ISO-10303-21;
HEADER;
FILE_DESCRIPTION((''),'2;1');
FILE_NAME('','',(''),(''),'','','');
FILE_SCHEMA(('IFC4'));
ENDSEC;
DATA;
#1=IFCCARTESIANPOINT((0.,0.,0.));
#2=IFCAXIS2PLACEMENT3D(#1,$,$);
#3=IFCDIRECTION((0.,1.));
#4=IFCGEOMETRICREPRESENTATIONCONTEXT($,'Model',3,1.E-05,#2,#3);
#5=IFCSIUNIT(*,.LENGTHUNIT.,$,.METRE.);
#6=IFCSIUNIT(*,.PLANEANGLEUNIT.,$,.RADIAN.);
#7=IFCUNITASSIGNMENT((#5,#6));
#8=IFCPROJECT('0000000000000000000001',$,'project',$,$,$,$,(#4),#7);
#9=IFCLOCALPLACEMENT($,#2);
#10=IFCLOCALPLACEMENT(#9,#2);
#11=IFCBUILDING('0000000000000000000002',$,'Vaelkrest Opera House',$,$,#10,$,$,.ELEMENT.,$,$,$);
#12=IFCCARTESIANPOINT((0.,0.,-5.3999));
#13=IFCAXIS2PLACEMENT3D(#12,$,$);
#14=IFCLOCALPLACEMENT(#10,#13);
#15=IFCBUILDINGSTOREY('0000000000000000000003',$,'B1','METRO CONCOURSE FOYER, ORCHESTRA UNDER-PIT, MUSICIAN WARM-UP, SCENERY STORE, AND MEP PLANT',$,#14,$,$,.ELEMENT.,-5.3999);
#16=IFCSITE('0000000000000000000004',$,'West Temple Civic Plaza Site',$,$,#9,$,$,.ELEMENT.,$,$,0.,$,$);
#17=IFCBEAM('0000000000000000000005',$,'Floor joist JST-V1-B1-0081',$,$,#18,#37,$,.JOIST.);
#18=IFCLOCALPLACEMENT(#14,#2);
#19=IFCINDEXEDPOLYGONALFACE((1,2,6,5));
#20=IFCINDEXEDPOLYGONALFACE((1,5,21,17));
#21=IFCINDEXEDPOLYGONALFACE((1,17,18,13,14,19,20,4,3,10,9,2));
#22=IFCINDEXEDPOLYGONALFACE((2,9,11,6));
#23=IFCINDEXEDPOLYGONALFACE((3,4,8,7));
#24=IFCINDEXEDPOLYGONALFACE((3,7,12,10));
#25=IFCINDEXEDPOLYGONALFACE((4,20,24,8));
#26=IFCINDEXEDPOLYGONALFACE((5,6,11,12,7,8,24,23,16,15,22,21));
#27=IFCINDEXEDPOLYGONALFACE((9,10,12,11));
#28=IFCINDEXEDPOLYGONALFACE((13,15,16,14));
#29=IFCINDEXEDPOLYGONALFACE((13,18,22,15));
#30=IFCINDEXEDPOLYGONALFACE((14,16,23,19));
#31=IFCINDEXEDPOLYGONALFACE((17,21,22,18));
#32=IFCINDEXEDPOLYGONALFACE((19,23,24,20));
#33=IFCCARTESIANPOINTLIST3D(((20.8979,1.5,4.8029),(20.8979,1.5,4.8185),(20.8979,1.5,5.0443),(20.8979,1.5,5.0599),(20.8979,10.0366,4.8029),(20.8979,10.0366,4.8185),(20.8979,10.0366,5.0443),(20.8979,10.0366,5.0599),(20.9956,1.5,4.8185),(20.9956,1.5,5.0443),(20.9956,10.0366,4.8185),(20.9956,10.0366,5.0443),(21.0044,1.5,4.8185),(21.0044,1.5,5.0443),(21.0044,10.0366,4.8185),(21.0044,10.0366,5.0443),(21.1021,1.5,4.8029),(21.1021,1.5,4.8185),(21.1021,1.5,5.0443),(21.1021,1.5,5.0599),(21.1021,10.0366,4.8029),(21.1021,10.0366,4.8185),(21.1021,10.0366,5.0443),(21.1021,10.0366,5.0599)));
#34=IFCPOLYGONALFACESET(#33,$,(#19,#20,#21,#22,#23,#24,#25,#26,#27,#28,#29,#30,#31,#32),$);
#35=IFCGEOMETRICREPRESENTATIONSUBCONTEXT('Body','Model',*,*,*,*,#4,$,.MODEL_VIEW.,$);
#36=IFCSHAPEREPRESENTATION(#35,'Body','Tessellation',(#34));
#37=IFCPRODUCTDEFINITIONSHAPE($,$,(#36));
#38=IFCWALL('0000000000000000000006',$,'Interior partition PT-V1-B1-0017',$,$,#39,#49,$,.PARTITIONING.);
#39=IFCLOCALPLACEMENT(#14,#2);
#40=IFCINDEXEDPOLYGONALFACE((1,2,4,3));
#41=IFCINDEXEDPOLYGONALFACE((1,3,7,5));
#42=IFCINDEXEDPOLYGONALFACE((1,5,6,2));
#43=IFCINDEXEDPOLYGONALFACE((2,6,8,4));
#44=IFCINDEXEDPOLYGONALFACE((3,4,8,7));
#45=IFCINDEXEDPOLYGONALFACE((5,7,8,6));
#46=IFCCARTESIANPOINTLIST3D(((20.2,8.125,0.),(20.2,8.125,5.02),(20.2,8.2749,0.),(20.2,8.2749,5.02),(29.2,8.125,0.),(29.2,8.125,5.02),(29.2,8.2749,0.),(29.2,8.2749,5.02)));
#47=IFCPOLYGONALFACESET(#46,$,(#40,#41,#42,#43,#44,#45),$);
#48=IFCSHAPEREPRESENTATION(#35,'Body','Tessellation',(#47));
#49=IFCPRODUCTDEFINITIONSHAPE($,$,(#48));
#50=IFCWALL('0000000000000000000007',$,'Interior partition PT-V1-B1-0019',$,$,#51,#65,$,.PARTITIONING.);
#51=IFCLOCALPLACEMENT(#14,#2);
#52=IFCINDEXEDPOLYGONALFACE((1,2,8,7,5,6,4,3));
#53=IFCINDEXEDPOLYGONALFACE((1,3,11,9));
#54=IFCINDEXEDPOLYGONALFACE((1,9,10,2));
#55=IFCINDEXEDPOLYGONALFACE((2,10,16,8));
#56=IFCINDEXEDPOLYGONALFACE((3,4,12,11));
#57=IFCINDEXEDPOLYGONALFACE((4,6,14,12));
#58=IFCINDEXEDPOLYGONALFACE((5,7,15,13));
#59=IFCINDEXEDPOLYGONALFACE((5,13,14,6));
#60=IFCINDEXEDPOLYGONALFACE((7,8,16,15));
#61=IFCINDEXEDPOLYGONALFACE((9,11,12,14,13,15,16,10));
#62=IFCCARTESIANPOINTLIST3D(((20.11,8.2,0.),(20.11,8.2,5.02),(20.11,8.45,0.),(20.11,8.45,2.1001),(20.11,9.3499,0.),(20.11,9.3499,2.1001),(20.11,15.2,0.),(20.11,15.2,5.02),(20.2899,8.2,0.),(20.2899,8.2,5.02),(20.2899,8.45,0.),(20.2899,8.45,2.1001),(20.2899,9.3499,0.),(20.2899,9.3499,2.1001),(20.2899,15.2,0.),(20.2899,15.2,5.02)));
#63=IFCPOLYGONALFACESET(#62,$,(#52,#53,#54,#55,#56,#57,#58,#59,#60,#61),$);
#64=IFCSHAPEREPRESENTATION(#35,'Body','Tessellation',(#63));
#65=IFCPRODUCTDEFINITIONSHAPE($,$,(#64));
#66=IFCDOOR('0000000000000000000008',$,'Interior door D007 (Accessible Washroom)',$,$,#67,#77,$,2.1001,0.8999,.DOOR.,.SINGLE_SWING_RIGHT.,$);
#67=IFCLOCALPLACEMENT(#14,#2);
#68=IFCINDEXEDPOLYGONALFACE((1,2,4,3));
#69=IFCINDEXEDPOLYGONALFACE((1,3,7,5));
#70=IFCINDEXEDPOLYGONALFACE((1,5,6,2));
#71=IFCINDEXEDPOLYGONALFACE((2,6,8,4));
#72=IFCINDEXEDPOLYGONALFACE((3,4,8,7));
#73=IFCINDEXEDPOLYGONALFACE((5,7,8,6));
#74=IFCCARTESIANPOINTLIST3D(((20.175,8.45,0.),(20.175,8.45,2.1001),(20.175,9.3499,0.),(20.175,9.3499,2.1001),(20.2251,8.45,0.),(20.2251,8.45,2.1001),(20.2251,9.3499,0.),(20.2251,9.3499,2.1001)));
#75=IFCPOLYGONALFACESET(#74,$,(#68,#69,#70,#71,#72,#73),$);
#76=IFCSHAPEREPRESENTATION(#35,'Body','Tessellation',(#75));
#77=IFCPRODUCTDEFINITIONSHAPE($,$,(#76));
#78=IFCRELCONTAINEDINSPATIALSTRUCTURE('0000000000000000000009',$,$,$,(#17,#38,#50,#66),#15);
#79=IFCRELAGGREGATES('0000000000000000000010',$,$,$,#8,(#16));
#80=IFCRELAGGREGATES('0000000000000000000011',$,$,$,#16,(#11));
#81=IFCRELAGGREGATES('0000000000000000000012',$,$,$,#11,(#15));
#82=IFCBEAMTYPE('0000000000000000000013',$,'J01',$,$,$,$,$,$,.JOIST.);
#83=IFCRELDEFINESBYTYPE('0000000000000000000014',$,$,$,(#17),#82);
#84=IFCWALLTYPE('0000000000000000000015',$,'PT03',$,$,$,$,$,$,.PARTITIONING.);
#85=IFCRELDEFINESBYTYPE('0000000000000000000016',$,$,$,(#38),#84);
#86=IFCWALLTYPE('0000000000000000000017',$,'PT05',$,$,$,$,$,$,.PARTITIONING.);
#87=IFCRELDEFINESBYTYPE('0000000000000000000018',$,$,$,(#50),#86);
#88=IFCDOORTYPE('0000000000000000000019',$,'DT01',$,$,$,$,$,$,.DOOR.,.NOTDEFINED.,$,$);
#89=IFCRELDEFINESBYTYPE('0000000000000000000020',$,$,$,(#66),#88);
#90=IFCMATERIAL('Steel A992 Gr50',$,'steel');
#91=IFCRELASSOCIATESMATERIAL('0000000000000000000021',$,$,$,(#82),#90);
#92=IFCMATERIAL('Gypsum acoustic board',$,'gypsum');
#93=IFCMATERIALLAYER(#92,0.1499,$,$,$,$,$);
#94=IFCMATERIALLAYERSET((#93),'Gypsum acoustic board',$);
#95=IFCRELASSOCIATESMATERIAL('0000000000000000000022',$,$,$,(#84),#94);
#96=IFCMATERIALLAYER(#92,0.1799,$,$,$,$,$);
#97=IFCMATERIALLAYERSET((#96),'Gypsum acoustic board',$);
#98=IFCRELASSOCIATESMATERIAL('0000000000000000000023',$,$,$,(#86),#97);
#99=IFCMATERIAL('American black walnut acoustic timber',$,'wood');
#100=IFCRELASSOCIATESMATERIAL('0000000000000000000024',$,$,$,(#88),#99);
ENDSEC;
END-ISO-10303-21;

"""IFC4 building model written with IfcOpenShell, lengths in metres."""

from ifc_helpers import new_model, si_unit, direction, frame, frame_2d, origin, origin_2d, place, context, subcontext, project, spatial, rectangle, i_section, extrude, material, layer, layer_set, material_profile, profile_set, type_object, element, fill, save


model = new_model("IFC4")

# Units and contexts
model_context = context("Model", 3, precision=1e-05, world=origin(), true_north=direction((0.0, 1.0)))
body_context = subcontext(model_context, "Body", "Model", "MODEL_VIEW")
ifc_project = project(units=[si_unit("LENGTHUNIT", "METRE"), si_unit("PLANEANGLEUNIT", "RADIAN")], contexts=[model_context])

# Site, building, storey
site_placement = place(None, origin())
site = spatial("IfcSite", under=ifc_project, at=site_placement, Name="West Temple Civic Plaza Site", CompositionType="ELEMENT", RefElevation=0.0)
building_placement = place(site_placement, origin())
building = spatial("IfcBuilding", under=site, at=building_placement, Name="Vaelkrest Opera House", CompositionType="ELEMENT")
storey_placement = place(building_placement, frame((0.0, 0.0, -5.3999)))
storey = spatial("IfcBuildingStorey", under=building, at=storey_placement, Name="B1", Description="METRO CONCOURSE FOYER, ORCHESTRA UNDER-PIT, MUSICIAN WARM-UP, SCENERY STORE, AND MEP PLANT", CompositionType="ELEMENT", Elevation=-5.3999)

# Beam
ifc_material_1 = material(Name="Steel A992 Gr50", Category="steel")
ifc_material_profile_1 = material_profile(ifc_material_1, i_section(OverallWidth=0.2041, OverallDepth=0.2571, WebThickness=0.0088, FlangeThickness=0.0156, at=origin_2d()), Name="W10X45")
ifc_profile_set_1 = profile_set([ifc_material_profile_1], Name="Steel A992 Gr50")
beam_type_1 = type_object("IfcBeamType", Name="J01", PredefinedType="JOIST", material=ifc_profile_set_1)
beam_1_placement = place(storey_placement, frame((21.0, 1.5, 4.9314), z_axis=(0.0, 1.0, 0.0), x_axis=(-1.0, 0.0, 0.0)))
element("IfcBeam", 1, at=beam_1_placement, inside=storey, type_object=beam_type_1, Name="Floor joist JST-V1-B1-0081", PredefinedType="JOIST", context=body_context, shape_type="SweptSolid", body=[
    extrude(i_section(OverallWidth=0.2041, OverallDepth=0.2571, WebThickness=0.0088, FlangeThickness=0.0156, at=origin_2d()), origin(), (0.0, 0.0, 1.0), 8.5366),
])

# Wall
ifc_material_2 = material(Name="Gypsum acoustic board", Category="gypsum")
ifc_layer_1 = layer(ifc_material_2, 0.1499)
ifc_layer_set_1 = layer_set([ifc_layer_1], Name="Gypsum acoustic board")
wall_type_1 = type_object("IfcWallType", Name="PT03", PredefinedType="PARTITIONING", material=ifc_layer_set_1)
wall_1_placement = place(storey_placement, frame((20.2, 8.2, 0.0), z_axis=(0.0, 0.0, 1.0), x_axis=(1.0, 0.0, 0.0)))
element("IfcWall", 2, at=wall_1_placement, inside=storey, type_object=wall_type_1, Name="Interior partition PT-V1-B1-0017", PredefinedType="PARTITIONING", context=body_context, shape_type="SweptSolid", body=[
    extrude(rectangle(XDim=9.0, YDim=0.1499, at=frame_2d((4.5, 0.0))), origin(), (0.0, 0.0, 1.0), 5.02),
])

# Wall, opening, door
ifc_layer_2 = layer(ifc_material_2, 0.1799)
ifc_layer_set_2 = layer_set([ifc_layer_2], Name="Gypsum acoustic board")
wall_type_2 = type_object("IfcWallType", Name="PT05", PredefinedType="PARTITIONING", material=ifc_layer_set_2)
wall_2_placement = place(storey_placement, frame((20.2, 8.2, 0.0), z_axis=(0.0, 0.0, 1.0), x_axis=(0.0, 1.0, 0.0)))
wall_2 = element("IfcWall", 3, at=wall_2_placement, inside=storey, type_object=wall_type_2, Name="Interior partition PT-V1-B1-0019", PredefinedType="PARTITIONING", context=body_context, shape_type="SweptSolid", body=[
    extrude(rectangle(XDim=7.0, YDim=0.1799, at=frame_2d((3.5, 0.0))), origin(), (0.0, 0.0, 1.0), 5.02),
])
opening_placement = place(wall_2_placement, frame((0.25, 0.0, 0.0)))
opening = element("IfcOpeningElement", 4, at=opening_placement, cuts=wall_2, PredefinedType="OPENING", context=body_context, shape_type="SweptSolid", body=[
    extrude(rectangle(XDim=0.8999, YDim=2.1001, at=frame_2d((0.45, 1.05))), frame((0.0, 0.0999, 0.0), z_axis=(0.0, -1.0, 0.0), x_axis=(1.0, 0.0, 0.0)), (0.0, 0.0, 1.0), 0.2),
])
ifc_material_3 = material(Name="American black walnut acoustic timber", Category="wood")
door_type = type_object("IfcDoorType", Name="DT01", OperationType="NOTDEFINED", PredefinedType="DOOR", material=ifc_material_3)
door_placement = place(opening_placement, origin())
door = element("IfcDoor", 5, at=door_placement, inside=storey, type_object=door_type, Name="Interior door D007 (Accessible Washroom)", OperationType="SINGLE_SWING_RIGHT", OverallHeight=2.1001, OverallWidth=0.8999, PredefinedType="DOOR", context=body_context, shape_type="SweptSolid", body=[
    extrude(rectangle(XDim=0.8999, YDim=2.1001, at=frame_2d((0.45, 1.05))), frame((0.0, 0.0249, 0.0), z_axis=(0.0, -1.0, 0.0), x_axis=(1.0, 0.0, 0.0)), (0.0, 0.0, 1.0), 0.05),
])
fill(opening, door)

save(model, "model.ifc")
